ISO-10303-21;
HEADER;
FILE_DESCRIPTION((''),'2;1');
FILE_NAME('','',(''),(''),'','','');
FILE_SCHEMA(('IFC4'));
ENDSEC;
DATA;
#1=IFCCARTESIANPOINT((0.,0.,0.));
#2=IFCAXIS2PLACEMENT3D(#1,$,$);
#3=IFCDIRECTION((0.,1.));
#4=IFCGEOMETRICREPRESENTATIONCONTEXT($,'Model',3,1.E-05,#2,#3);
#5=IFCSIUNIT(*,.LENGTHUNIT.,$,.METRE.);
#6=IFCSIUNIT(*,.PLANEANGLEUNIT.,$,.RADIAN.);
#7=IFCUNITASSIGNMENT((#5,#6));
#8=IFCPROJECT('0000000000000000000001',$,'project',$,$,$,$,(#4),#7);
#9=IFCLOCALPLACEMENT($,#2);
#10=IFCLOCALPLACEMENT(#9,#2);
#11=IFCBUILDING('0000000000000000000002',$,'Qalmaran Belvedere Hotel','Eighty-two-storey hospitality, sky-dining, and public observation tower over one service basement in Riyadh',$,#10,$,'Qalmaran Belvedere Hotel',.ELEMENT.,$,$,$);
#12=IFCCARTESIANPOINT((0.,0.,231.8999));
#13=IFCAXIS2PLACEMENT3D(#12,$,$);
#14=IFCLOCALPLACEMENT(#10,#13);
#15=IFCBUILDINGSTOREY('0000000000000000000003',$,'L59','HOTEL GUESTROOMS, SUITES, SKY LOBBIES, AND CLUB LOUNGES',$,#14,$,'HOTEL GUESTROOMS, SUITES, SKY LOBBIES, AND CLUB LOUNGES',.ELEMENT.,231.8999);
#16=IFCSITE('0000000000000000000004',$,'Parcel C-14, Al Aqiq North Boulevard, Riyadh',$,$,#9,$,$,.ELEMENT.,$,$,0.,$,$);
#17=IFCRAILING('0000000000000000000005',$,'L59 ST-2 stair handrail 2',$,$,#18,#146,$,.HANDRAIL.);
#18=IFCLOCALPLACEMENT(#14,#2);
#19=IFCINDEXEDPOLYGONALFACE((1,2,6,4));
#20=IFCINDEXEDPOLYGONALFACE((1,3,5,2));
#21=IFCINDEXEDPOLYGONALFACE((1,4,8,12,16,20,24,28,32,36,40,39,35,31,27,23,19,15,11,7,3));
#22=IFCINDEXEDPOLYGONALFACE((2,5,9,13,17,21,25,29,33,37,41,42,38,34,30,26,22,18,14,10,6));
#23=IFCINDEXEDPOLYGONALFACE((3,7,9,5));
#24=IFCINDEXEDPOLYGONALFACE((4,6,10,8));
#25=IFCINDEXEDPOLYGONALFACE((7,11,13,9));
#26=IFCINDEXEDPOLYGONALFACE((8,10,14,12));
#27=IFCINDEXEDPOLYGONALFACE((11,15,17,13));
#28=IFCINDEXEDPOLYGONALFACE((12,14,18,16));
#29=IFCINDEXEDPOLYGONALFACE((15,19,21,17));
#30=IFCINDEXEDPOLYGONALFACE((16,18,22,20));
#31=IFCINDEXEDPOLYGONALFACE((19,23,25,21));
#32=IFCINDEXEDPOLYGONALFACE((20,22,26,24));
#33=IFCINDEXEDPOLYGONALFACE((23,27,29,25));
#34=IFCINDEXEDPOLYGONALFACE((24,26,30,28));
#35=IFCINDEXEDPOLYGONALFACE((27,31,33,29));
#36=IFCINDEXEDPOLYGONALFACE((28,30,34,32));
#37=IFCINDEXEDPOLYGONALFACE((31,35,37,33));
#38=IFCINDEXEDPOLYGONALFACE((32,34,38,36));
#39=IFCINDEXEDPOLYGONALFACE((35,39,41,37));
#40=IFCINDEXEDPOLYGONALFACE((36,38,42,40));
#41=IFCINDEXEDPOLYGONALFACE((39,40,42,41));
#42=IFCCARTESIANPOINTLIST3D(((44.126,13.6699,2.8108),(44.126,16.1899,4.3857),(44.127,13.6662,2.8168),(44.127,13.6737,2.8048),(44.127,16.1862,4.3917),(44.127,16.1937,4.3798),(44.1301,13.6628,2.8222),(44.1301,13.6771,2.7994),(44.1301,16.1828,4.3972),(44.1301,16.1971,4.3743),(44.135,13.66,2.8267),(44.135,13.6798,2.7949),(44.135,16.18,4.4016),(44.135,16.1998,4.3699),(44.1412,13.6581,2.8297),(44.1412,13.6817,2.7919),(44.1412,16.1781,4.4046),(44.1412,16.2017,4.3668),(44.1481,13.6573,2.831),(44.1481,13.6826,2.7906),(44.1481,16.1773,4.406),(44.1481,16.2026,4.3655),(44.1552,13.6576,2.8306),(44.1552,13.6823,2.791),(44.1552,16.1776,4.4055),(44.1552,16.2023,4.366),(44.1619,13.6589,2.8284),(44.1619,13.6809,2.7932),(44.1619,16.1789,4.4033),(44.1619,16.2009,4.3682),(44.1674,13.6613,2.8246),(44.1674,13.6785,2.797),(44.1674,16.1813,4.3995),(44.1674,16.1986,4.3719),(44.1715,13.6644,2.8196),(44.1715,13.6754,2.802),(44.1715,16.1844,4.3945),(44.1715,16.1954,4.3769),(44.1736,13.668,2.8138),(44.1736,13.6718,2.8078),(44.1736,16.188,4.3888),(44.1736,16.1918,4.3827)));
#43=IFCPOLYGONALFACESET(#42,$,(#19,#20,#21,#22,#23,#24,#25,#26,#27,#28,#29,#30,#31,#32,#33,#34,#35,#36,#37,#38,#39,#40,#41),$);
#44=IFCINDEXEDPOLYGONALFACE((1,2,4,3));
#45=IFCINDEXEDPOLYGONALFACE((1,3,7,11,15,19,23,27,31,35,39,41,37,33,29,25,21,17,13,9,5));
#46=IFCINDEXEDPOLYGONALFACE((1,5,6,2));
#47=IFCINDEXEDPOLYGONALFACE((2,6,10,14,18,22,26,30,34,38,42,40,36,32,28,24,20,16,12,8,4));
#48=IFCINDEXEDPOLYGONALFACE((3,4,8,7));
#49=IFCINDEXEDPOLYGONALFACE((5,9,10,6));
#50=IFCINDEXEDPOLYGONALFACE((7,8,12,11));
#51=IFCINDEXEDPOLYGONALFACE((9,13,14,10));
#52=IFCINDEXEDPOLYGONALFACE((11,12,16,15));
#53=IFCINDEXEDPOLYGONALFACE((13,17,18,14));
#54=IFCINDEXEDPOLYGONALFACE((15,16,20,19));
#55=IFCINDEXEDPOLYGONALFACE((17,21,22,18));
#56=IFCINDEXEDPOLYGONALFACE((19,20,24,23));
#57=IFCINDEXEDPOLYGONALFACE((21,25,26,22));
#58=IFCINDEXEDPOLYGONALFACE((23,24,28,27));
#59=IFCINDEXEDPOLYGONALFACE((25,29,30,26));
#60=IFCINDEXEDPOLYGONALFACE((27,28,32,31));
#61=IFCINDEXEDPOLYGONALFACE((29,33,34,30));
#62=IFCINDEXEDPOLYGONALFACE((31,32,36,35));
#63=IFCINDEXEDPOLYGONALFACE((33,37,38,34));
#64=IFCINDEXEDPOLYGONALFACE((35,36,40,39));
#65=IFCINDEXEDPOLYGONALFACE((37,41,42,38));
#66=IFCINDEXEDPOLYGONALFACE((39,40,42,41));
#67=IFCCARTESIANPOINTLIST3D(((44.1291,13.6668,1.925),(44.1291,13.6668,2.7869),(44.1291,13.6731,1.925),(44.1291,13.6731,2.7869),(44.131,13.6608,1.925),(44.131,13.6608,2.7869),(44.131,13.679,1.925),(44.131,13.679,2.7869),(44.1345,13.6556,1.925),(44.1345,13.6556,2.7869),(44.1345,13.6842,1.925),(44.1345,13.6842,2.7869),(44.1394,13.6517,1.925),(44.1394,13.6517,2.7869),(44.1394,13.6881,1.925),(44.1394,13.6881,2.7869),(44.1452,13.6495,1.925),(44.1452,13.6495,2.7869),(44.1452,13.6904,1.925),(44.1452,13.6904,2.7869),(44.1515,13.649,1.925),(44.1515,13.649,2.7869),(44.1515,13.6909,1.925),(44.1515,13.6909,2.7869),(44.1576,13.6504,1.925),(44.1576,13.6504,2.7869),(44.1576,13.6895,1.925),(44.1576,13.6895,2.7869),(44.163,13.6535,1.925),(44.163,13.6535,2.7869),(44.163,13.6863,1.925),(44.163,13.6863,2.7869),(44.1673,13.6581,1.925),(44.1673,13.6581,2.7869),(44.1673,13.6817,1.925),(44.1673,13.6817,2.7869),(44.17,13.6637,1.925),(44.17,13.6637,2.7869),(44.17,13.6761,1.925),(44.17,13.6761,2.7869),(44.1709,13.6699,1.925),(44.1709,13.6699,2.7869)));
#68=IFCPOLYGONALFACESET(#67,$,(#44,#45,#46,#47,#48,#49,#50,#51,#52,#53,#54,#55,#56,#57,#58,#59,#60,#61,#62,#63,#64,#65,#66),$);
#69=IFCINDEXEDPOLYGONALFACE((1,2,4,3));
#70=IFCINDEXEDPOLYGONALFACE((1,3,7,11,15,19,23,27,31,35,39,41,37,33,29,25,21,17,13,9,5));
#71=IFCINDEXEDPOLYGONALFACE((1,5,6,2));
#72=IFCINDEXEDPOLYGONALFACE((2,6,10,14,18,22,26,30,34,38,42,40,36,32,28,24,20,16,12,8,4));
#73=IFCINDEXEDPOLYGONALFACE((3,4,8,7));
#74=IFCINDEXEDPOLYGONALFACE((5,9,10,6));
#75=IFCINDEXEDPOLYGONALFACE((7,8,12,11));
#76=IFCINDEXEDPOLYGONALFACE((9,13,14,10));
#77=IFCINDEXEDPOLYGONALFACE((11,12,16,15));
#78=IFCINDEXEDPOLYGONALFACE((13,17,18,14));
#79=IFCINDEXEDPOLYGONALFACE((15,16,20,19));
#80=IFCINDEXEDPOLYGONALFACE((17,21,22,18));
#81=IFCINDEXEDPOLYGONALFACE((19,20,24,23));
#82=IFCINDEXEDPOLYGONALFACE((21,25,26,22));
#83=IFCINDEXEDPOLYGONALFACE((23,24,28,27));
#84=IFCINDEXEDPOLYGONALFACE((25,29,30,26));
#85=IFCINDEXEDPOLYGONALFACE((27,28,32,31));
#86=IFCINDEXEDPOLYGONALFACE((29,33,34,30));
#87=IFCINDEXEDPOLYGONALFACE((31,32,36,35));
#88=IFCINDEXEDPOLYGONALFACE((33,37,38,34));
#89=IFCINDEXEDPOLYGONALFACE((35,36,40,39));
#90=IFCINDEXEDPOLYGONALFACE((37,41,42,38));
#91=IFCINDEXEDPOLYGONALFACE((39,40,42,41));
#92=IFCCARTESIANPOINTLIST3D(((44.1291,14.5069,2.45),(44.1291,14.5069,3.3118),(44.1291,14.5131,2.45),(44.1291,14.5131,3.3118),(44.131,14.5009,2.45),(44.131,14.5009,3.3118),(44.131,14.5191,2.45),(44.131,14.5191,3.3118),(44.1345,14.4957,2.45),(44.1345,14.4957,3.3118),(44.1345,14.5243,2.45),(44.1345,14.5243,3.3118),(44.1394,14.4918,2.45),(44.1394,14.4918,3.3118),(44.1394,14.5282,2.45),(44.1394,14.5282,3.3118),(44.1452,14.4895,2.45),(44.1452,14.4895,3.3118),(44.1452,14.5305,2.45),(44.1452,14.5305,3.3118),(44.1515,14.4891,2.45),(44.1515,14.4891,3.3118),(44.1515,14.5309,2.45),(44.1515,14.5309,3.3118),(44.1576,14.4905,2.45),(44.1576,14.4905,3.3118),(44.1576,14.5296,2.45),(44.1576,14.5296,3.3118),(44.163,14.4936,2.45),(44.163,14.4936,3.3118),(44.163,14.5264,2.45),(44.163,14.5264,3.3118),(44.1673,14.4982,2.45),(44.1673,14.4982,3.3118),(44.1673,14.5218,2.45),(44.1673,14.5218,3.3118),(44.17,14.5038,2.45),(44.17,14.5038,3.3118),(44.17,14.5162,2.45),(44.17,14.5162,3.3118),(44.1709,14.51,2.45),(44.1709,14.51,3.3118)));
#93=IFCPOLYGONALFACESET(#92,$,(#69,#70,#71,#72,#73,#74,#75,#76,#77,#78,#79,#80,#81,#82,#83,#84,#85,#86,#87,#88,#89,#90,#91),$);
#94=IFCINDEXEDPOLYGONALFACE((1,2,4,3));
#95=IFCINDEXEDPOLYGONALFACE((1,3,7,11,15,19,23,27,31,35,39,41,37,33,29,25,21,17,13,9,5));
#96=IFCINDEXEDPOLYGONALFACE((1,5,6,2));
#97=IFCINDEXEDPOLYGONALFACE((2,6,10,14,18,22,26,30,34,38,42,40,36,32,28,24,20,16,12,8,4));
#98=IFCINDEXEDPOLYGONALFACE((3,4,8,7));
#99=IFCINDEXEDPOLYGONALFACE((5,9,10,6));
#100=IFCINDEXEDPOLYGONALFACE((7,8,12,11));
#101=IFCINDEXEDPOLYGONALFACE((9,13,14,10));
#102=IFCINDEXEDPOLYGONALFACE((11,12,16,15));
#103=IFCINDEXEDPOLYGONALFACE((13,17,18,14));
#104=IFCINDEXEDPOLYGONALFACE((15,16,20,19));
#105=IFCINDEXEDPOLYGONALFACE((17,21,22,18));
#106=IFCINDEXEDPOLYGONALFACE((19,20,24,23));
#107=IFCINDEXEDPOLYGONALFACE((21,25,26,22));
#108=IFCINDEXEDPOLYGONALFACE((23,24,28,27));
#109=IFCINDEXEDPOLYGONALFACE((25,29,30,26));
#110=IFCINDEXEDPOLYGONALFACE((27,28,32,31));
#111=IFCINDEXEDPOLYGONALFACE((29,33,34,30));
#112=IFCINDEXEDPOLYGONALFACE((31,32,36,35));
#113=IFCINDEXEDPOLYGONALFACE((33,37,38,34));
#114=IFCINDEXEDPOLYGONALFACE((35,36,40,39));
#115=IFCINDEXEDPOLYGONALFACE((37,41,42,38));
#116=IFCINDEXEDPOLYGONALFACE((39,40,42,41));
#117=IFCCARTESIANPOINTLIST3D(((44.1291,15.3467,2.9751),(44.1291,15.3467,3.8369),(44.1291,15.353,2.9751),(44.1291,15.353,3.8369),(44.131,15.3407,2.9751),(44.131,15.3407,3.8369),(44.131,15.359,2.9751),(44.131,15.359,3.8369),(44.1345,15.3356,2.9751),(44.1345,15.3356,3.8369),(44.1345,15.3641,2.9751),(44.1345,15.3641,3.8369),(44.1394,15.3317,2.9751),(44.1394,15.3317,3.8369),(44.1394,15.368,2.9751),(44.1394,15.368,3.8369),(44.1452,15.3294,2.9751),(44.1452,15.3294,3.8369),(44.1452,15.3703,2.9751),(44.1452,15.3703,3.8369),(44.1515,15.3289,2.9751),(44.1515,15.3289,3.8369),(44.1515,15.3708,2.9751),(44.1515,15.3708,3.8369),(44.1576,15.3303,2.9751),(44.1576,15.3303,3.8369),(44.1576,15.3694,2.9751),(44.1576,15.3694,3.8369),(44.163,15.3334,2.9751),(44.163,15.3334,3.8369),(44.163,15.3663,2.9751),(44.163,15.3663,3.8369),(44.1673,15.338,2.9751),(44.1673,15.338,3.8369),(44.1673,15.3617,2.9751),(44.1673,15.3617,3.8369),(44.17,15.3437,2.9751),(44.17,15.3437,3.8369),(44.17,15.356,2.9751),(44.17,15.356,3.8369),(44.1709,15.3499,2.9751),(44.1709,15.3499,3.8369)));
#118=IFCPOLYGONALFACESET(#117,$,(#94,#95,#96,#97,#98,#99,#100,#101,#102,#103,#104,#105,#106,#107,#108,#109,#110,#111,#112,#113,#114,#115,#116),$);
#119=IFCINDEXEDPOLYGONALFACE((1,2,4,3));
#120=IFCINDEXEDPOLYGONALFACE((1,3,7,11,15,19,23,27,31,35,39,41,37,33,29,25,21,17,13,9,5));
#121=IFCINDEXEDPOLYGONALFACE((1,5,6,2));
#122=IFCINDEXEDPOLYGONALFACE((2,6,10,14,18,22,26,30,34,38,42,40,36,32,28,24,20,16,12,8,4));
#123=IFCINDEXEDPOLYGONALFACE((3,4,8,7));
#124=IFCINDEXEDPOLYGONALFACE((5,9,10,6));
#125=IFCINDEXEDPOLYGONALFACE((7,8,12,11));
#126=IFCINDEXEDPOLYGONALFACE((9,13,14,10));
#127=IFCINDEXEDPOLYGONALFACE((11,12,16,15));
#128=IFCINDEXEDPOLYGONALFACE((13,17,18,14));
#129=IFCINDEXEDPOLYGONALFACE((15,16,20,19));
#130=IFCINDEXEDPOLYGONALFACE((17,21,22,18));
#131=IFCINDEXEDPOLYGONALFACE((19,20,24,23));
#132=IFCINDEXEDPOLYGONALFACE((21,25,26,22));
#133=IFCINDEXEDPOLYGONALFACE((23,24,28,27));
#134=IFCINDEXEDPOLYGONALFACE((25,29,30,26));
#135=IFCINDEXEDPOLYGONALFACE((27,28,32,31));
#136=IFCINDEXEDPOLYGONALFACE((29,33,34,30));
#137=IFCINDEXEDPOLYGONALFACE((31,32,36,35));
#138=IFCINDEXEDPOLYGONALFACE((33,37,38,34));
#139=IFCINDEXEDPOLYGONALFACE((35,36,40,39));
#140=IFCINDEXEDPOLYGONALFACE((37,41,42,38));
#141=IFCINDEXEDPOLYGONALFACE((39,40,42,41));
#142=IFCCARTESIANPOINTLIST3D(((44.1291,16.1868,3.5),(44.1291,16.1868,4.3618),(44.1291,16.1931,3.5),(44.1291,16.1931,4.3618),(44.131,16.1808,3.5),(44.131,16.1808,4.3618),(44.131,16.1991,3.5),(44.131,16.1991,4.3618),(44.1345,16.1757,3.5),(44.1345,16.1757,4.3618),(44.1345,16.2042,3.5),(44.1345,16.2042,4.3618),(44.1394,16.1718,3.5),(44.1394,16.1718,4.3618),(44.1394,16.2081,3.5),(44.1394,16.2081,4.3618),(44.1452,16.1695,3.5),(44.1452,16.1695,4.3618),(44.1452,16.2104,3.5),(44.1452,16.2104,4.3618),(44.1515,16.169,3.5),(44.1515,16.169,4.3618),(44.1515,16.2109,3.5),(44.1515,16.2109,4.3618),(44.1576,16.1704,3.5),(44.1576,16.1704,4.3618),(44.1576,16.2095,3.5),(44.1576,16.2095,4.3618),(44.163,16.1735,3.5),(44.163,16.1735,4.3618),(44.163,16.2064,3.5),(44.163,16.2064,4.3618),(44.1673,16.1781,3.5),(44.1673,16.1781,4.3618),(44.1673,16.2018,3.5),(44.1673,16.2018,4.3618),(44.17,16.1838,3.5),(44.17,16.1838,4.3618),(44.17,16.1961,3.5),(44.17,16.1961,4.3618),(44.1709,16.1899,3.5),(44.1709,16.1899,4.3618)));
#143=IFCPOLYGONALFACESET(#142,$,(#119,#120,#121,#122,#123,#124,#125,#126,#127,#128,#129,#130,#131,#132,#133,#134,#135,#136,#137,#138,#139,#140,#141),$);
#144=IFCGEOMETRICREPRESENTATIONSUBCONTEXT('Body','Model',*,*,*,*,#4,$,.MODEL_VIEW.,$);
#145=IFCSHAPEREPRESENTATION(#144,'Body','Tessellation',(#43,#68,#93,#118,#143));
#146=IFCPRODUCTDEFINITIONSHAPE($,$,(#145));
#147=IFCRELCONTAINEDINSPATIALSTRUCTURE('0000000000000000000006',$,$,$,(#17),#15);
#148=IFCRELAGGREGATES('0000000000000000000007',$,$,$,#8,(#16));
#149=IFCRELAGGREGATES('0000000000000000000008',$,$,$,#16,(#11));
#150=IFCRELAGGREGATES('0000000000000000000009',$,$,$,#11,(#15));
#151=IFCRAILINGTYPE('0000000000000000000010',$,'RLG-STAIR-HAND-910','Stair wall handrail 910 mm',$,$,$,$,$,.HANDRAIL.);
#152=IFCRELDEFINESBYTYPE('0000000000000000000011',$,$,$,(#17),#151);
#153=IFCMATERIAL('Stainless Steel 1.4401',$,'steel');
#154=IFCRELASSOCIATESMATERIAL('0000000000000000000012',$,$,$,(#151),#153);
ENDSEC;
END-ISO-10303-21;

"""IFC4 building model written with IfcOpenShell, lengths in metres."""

from ifc_helpers import new_model, si_unit, direction, frame, origin, origin_2d, place, context, subcontext, project, spatial, circle, extrude, material, type_object, element, save


model = new_model("IFC4")

# Units and contexts
model_context = context("Model", 3, precision=1e-05, world=origin(), true_north=direction((0.0, 1.0)))
body_context = subcontext(model_context, "Body", "Model", "MODEL_VIEW")
ifc_project = project(units=[si_unit("LENGTHUNIT", "METRE"), si_unit("PLANEANGLEUNIT", "RADIAN")], contexts=[model_context])

# Site, building, storey
site_placement = place(None, origin())
site = spatial("IfcSite", under=ifc_project, at=site_placement, Name="Parcel C-14, Al Aqiq North Boulevard, Riyadh", CompositionType="ELEMENT", RefElevation=0.0)
building_placement = place(site_placement, origin())
building = spatial("IfcBuilding", under=site, at=building_placement, Name="Qalmaran Belvedere Hotel", Description="Eighty-two-storey hospitality, sky-dining, and public observation tower over one service basement in Riyadh", LongName="Qalmaran Belvedere Hotel", CompositionType="ELEMENT")
storey_placement = place(building_placement, frame((0.0, 0.0, 231.8999)))
storey = spatial("IfcBuildingStorey", under=building, at=storey_placement, Name="L59", Description="HOTEL GUESTROOMS, SUITES, SKY LOBBIES, AND CLUB LOUNGES", LongName="HOTEL GUESTROOMS, SUITES, SKY LOBBIES, AND CLUB LOUNGES", CompositionType="ELEMENT", Elevation=231.8999)

# Railing
ifc_material_1 = material(Name="Stainless Steel 1.4401", Category="steel")
railing_type_1 = type_object("IfcRailingType", Name="RLG-STAIR-HAND-910", Description="Stair wall handrail 910 mm", PredefinedType="HANDRAIL", material=ifc_material_1)
railing_1_placement = place(storey_placement, frame((44.1499, 13.6699, 1.925)))
element("IfcRailing", 1, at=railing_1_placement, inside=storey, type_object=railing_type_1, Name="L59 ST-2 stair handrail 2", PredefinedType="HANDRAIL", context=body_context, shape_type="SweptSolid", body=[
    extrude(circle(Radius=0.0239, at=origin_2d()), frame((0.0, 0.0, 0.8857), z_axis=(0.0, 0.848008, 0.529984), x_axis=(-1.0, 0.0, 0.0)), (0.0, 0.0, 1.0), 2.9717),
    extrude(circle(Radius=0.021, at=origin_2d()), origin(), (0.0, 0.0, 1.0), 0.8618),
    extrude(circle(Radius=0.021, at=origin_2d()), frame((0.0, 0.8401, 0.5249)), (0.0, 0.0, 1.0), 0.8618),
    extrude(circle(Radius=0.021, at=origin_2d()), frame((0.0, 1.6799, 1.05)), (0.0, 0.0, 1.0), 0.8618),
    extrude(circle(Radius=0.021, at=origin_2d()), frame((0.0, 2.52, 1.575)), (0.0, 0.0, 1.0), 0.8618),
])

save(model, "model.ifc")
